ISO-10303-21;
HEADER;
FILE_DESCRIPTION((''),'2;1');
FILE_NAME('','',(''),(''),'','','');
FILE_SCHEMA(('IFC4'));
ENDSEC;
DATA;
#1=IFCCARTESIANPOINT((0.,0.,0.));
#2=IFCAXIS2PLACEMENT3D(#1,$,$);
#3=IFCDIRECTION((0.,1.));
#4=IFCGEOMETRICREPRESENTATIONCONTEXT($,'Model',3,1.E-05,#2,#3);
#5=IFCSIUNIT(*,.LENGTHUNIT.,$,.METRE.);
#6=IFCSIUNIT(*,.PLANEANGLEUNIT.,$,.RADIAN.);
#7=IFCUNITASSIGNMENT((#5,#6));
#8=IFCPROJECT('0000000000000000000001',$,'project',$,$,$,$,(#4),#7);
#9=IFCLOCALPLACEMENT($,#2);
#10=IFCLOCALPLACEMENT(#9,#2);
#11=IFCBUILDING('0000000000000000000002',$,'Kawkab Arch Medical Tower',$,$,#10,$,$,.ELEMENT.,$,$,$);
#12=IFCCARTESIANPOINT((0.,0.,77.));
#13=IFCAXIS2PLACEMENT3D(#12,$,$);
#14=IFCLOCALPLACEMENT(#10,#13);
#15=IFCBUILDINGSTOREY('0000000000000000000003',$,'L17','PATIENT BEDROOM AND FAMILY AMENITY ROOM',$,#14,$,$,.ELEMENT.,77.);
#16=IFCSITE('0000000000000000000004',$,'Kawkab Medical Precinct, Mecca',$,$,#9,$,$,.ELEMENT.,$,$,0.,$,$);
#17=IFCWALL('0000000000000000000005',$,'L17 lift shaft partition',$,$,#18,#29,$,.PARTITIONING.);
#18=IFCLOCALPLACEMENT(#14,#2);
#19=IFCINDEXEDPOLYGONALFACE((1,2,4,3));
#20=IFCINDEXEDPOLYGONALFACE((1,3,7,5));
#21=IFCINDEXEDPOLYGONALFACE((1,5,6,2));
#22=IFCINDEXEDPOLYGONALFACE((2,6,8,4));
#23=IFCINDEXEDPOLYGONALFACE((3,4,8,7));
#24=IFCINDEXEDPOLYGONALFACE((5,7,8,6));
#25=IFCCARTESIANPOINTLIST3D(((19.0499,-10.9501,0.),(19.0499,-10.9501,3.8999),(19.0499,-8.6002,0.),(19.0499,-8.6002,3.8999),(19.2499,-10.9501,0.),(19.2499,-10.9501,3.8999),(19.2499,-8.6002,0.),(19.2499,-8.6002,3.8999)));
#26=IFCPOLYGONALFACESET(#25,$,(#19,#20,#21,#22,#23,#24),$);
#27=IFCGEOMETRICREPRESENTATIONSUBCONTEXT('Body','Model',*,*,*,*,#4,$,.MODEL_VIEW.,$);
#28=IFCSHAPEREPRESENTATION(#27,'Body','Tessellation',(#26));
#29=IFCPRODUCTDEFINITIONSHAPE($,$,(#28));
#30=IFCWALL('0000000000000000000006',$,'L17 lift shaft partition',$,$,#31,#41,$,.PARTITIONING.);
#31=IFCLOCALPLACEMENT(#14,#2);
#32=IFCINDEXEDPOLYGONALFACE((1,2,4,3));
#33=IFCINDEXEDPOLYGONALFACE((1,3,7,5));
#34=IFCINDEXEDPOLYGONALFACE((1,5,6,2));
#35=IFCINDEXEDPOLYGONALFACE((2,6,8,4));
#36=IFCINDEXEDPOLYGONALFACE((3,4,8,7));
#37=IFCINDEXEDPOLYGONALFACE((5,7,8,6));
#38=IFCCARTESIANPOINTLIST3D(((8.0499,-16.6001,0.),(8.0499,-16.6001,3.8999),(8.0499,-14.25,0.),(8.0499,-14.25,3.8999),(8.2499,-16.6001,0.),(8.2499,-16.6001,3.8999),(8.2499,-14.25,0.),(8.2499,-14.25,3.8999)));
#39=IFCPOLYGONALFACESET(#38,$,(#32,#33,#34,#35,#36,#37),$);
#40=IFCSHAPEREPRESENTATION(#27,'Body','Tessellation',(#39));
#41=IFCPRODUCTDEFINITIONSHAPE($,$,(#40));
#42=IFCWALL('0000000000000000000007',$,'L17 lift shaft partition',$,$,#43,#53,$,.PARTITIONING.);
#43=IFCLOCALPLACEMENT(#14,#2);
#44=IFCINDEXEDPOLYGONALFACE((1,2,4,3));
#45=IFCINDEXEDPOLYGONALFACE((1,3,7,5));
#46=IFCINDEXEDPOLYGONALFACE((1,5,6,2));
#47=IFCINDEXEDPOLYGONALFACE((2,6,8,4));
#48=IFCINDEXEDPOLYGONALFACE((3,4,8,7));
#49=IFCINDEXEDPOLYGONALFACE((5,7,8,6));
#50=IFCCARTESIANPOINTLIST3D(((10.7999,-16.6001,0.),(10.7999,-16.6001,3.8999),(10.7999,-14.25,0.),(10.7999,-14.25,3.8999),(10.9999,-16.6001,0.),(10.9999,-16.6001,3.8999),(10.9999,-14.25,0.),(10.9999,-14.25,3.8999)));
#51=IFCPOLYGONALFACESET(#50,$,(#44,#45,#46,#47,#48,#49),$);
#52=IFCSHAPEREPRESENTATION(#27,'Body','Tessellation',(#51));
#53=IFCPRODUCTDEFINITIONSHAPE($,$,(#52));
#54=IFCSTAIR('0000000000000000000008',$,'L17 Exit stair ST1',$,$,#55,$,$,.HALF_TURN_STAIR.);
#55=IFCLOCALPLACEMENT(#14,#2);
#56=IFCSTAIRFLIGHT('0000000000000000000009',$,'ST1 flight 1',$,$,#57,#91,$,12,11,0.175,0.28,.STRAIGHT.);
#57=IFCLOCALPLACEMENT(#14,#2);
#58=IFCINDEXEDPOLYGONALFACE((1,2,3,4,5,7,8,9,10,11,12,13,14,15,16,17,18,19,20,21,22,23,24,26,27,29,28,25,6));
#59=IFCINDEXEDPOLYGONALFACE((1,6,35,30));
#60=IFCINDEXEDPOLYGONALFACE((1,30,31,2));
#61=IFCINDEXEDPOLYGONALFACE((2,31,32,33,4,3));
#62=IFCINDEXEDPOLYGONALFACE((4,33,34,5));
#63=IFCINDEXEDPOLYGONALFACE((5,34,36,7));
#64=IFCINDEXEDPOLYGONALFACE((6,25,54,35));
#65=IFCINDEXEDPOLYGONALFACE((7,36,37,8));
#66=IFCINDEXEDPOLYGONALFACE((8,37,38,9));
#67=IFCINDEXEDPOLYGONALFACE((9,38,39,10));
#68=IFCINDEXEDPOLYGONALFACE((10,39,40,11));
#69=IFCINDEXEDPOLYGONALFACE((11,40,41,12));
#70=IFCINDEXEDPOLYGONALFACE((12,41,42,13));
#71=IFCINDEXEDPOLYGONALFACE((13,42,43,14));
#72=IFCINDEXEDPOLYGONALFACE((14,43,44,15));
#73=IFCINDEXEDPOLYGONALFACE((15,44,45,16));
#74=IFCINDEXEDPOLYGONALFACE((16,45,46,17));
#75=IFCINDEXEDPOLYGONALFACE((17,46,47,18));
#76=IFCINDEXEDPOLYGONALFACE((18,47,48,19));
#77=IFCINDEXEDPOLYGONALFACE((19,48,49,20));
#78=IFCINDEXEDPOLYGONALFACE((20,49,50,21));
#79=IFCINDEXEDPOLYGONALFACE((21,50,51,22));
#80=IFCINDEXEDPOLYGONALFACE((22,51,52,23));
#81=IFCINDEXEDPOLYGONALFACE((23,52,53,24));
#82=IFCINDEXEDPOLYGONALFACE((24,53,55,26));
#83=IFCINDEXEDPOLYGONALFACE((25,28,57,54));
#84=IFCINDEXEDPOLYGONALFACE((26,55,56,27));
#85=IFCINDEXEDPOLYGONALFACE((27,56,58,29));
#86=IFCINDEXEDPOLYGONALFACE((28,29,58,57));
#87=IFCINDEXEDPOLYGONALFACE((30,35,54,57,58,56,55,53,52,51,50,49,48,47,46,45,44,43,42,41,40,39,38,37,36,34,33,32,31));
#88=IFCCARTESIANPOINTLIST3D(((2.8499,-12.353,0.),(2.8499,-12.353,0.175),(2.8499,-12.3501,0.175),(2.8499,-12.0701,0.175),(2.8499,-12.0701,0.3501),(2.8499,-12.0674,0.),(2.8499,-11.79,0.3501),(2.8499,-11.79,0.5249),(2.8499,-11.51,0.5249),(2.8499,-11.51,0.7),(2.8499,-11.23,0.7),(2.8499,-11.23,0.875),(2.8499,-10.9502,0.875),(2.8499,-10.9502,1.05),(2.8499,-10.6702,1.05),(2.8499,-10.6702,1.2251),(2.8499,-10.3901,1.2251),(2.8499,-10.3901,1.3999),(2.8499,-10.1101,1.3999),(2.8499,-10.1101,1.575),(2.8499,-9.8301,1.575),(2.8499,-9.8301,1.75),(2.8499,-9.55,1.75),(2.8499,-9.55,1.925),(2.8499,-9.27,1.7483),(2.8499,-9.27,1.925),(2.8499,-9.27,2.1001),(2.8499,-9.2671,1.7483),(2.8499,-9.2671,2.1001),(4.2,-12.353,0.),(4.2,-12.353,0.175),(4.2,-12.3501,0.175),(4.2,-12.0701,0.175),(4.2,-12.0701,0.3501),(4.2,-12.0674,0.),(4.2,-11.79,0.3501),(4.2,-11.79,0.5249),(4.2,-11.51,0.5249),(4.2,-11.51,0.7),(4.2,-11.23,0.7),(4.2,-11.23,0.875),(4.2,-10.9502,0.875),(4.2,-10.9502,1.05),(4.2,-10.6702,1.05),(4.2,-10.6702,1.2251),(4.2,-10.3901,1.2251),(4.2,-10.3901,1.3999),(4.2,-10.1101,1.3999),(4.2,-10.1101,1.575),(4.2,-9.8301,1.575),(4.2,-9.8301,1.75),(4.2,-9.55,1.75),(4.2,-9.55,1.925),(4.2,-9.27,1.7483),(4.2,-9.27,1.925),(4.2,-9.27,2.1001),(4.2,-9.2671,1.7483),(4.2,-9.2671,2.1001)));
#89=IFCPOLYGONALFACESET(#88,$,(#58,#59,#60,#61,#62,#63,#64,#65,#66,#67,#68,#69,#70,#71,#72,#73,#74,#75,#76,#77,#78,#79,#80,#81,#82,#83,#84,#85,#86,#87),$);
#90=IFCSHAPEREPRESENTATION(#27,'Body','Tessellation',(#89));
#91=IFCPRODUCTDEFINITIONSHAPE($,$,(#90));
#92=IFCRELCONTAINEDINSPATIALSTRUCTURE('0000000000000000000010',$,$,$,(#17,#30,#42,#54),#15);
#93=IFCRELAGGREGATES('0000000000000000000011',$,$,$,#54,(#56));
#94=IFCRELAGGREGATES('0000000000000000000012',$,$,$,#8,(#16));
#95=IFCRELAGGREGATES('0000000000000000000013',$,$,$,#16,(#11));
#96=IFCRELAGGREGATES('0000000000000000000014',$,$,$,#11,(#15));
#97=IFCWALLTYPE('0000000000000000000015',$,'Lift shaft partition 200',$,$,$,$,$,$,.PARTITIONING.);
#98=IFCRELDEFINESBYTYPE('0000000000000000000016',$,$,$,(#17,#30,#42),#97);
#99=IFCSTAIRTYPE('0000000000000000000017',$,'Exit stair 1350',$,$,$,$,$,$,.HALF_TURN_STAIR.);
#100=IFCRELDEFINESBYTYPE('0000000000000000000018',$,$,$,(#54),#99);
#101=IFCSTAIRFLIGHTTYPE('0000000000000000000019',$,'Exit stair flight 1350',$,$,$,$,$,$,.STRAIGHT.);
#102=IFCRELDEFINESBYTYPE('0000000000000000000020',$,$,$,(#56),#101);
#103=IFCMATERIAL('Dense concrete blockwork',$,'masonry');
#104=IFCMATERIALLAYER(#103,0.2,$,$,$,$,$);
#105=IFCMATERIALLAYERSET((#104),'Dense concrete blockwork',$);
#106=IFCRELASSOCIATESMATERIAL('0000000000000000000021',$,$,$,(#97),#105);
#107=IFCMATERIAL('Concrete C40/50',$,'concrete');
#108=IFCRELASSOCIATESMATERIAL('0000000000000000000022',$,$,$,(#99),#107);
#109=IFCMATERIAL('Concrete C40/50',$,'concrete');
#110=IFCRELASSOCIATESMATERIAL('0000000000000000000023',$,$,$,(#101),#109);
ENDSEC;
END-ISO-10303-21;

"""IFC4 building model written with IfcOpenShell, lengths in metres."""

from ifc_helpers import new_model, si_unit, direction, frame, frame_2d, origin, place, context, subcontext, project, spatial, polyline, rectangle, outline, extrude, material, layer, layer_set, type_object, element, aggregate, save


model = new_model("IFC4")

# Units and contexts
model_context = context("Model", 3, precision=1e-05, world=origin(), true_north=direction((0.0, 1.0)))
body_context = subcontext(model_context, "Body", "Model", "MODEL_VIEW")
ifc_project = project(units=[si_unit("LENGTHUNIT", "METRE"), si_unit("PLANEANGLEUNIT", "RADIAN")], contexts=[model_context])

# Site, building, storey
site_placement = place(None, origin())
site = spatial("IfcSite", under=ifc_project, at=site_placement, Name="Kawkab Medical Precinct, Mecca", CompositionType="ELEMENT", RefElevation=0.0)
building_placement = place(site_placement, origin())
building = spatial("IfcBuilding", under=site, at=building_placement, Name="Kawkab Arch Medical Tower", CompositionType="ELEMENT")
storey_placement = place(building_placement, frame((0.0, 0.0, 77.0)))
storey = spatial("IfcBuildingStorey", under=building, at=storey_placement, Name="L17", Description="PATIENT BEDROOM AND FAMILY AMENITY ROOM", CompositionType="ELEMENT", Elevation=77.0)

# Walls
ifc_material_1 = material(Name="Dense concrete blockwork", Category="masonry")
ifc_layer_1 = layer(ifc_material_1, 0.2)
ifc_layer_set_1 = layer_set([ifc_layer_1], Name="Dense concrete blockwork")
wall_type_1 = type_object("IfcWallType", Name="Lift shaft partition 200", PredefinedType="PARTITIONING", material=ifc_layer_set_1)
for number, where, z_axis, x_axis, name in (
    (1, (19.1499, -10.95, 0.0), (0.0, 0.0, 1.0), (0.0, 1.0, 0.0), "L17 lift shaft partition"),
):
    element("IfcWall", number, at=place(storey_placement, frame(where, z_axis=z_axis, x_axis=x_axis)), inside=storey, type_object=wall_type_1, Name=name, PredefinedType="PARTITIONING", context=body_context, shape_type="SweptSolid", body=[
        extrude(rectangle(XDim=2.3499, YDim=0.2, at=frame_2d((1.1748, 0.0))), origin(), (0.0, 0.0, 1.0), 3.8999),
    ])
for number, where, z_axis, x_axis, name in (
    (2, (8.1499, -16.6001, 0.0), (0.0, 0.0, 1.0), (0.0, 1.0, 0.0), "L17 lift shaft partition"),
    (3, (10.8999, -16.6001, 0.0), (0.0, 0.0, 1.0), (0.0, 1.0, 0.0), "L17 lift shaft partition"),
):
    element("IfcWall", number, at=place(storey_placement, frame(where, z_axis=z_axis, x_axis=x_axis)), inside=storey, type_object=wall_type_1, Name=name, PredefinedType="PARTITIONING", context=body_context, shape_type="SweptSolid", body=[
        extrude(rectangle(XDim=2.3501, YDim=0.2, at=frame_2d((1.175, 0.0))), origin(), (0.0, 0.0, 1.0), 3.8999),
    ])

# Stair, stair flight
ifc_material_2 = material(Name="Concrete C40/50", Category="concrete")
stair_type = type_object("IfcStairType", Name="Exit stair 1350", PredefinedType="HALF_TURN_STAIR", material=ifc_material_2)
stair_placement = place(storey_placement, origin())
stair = element("IfcStair", 4, at=stair_placement, inside=storey, type_object=stair_type, Name="L17 Exit stair ST1", PredefinedType="HALF_TURN_STAIR")
ifc_material_3 = material(Name="Concrete C40/50", Category="concrete")
stair_flight_type = type_object("IfcStairFlightType", Name="Exit stair flight 1350", PredefinedType="STRAIGHT", material=ifc_material_3)
stair_flight_placement = place(storey_placement, frame((3.5249, -12.3501, 0.0), z_axis=(0.0, 0.0, 1.0), x_axis=(0.0, 1.0, 0.0)))
stair_flight = element("IfcStairFlight", 5, at=stair_flight_placement, type_object=stair_flight_type, Name="ST1 flight 1", NumberOfRisers=12, NumberOfTreads=11, PredefinedType="STRAIGHT", RiserHeight=0.175, TreadLength=0.28, context=body_context, shape_type="SweptSolid", body=[
    extrude(outline(polyline([(-0.0029, 0.0), (-0.0029, 0.175), (0.0, 0.175), (0.28, 0.175), (0.28, 0.3501), (0.5601, 0.3501), (0.5601, 0.5249), (0.8401, 0.5249), (0.8401, 0.7), (1.1201, 0.7), (1.1201, 0.875), (1.3999, 0.875), (1.3999, 1.05), (1.6799, 1.05), (1.6799, 1.2251), (1.96, 1.2251), (1.96, 1.3999), (2.24, 1.3999), (2.24, 1.575), (2.52, 1.575), (2.52, 1.75), (2.8, 1.75), (2.8, 1.925), (3.0801, 1.925), (3.0801, 2.1001), (3.083, 2.1001), (3.083, 1.7483), (3.0801, 1.7483), (0.2827, 0.0), (-0.0029, 0.0)])), frame((0.0, 0.675, 0.0), z_axis=(0.0, -1.0, 0.0), x_axis=(1.0, 0.0, 0.0)), (0.0, 0.0, 1.0), 1.3501),
])
aggregate(stair, [stair_flight])

save(model, "model.ifc")
